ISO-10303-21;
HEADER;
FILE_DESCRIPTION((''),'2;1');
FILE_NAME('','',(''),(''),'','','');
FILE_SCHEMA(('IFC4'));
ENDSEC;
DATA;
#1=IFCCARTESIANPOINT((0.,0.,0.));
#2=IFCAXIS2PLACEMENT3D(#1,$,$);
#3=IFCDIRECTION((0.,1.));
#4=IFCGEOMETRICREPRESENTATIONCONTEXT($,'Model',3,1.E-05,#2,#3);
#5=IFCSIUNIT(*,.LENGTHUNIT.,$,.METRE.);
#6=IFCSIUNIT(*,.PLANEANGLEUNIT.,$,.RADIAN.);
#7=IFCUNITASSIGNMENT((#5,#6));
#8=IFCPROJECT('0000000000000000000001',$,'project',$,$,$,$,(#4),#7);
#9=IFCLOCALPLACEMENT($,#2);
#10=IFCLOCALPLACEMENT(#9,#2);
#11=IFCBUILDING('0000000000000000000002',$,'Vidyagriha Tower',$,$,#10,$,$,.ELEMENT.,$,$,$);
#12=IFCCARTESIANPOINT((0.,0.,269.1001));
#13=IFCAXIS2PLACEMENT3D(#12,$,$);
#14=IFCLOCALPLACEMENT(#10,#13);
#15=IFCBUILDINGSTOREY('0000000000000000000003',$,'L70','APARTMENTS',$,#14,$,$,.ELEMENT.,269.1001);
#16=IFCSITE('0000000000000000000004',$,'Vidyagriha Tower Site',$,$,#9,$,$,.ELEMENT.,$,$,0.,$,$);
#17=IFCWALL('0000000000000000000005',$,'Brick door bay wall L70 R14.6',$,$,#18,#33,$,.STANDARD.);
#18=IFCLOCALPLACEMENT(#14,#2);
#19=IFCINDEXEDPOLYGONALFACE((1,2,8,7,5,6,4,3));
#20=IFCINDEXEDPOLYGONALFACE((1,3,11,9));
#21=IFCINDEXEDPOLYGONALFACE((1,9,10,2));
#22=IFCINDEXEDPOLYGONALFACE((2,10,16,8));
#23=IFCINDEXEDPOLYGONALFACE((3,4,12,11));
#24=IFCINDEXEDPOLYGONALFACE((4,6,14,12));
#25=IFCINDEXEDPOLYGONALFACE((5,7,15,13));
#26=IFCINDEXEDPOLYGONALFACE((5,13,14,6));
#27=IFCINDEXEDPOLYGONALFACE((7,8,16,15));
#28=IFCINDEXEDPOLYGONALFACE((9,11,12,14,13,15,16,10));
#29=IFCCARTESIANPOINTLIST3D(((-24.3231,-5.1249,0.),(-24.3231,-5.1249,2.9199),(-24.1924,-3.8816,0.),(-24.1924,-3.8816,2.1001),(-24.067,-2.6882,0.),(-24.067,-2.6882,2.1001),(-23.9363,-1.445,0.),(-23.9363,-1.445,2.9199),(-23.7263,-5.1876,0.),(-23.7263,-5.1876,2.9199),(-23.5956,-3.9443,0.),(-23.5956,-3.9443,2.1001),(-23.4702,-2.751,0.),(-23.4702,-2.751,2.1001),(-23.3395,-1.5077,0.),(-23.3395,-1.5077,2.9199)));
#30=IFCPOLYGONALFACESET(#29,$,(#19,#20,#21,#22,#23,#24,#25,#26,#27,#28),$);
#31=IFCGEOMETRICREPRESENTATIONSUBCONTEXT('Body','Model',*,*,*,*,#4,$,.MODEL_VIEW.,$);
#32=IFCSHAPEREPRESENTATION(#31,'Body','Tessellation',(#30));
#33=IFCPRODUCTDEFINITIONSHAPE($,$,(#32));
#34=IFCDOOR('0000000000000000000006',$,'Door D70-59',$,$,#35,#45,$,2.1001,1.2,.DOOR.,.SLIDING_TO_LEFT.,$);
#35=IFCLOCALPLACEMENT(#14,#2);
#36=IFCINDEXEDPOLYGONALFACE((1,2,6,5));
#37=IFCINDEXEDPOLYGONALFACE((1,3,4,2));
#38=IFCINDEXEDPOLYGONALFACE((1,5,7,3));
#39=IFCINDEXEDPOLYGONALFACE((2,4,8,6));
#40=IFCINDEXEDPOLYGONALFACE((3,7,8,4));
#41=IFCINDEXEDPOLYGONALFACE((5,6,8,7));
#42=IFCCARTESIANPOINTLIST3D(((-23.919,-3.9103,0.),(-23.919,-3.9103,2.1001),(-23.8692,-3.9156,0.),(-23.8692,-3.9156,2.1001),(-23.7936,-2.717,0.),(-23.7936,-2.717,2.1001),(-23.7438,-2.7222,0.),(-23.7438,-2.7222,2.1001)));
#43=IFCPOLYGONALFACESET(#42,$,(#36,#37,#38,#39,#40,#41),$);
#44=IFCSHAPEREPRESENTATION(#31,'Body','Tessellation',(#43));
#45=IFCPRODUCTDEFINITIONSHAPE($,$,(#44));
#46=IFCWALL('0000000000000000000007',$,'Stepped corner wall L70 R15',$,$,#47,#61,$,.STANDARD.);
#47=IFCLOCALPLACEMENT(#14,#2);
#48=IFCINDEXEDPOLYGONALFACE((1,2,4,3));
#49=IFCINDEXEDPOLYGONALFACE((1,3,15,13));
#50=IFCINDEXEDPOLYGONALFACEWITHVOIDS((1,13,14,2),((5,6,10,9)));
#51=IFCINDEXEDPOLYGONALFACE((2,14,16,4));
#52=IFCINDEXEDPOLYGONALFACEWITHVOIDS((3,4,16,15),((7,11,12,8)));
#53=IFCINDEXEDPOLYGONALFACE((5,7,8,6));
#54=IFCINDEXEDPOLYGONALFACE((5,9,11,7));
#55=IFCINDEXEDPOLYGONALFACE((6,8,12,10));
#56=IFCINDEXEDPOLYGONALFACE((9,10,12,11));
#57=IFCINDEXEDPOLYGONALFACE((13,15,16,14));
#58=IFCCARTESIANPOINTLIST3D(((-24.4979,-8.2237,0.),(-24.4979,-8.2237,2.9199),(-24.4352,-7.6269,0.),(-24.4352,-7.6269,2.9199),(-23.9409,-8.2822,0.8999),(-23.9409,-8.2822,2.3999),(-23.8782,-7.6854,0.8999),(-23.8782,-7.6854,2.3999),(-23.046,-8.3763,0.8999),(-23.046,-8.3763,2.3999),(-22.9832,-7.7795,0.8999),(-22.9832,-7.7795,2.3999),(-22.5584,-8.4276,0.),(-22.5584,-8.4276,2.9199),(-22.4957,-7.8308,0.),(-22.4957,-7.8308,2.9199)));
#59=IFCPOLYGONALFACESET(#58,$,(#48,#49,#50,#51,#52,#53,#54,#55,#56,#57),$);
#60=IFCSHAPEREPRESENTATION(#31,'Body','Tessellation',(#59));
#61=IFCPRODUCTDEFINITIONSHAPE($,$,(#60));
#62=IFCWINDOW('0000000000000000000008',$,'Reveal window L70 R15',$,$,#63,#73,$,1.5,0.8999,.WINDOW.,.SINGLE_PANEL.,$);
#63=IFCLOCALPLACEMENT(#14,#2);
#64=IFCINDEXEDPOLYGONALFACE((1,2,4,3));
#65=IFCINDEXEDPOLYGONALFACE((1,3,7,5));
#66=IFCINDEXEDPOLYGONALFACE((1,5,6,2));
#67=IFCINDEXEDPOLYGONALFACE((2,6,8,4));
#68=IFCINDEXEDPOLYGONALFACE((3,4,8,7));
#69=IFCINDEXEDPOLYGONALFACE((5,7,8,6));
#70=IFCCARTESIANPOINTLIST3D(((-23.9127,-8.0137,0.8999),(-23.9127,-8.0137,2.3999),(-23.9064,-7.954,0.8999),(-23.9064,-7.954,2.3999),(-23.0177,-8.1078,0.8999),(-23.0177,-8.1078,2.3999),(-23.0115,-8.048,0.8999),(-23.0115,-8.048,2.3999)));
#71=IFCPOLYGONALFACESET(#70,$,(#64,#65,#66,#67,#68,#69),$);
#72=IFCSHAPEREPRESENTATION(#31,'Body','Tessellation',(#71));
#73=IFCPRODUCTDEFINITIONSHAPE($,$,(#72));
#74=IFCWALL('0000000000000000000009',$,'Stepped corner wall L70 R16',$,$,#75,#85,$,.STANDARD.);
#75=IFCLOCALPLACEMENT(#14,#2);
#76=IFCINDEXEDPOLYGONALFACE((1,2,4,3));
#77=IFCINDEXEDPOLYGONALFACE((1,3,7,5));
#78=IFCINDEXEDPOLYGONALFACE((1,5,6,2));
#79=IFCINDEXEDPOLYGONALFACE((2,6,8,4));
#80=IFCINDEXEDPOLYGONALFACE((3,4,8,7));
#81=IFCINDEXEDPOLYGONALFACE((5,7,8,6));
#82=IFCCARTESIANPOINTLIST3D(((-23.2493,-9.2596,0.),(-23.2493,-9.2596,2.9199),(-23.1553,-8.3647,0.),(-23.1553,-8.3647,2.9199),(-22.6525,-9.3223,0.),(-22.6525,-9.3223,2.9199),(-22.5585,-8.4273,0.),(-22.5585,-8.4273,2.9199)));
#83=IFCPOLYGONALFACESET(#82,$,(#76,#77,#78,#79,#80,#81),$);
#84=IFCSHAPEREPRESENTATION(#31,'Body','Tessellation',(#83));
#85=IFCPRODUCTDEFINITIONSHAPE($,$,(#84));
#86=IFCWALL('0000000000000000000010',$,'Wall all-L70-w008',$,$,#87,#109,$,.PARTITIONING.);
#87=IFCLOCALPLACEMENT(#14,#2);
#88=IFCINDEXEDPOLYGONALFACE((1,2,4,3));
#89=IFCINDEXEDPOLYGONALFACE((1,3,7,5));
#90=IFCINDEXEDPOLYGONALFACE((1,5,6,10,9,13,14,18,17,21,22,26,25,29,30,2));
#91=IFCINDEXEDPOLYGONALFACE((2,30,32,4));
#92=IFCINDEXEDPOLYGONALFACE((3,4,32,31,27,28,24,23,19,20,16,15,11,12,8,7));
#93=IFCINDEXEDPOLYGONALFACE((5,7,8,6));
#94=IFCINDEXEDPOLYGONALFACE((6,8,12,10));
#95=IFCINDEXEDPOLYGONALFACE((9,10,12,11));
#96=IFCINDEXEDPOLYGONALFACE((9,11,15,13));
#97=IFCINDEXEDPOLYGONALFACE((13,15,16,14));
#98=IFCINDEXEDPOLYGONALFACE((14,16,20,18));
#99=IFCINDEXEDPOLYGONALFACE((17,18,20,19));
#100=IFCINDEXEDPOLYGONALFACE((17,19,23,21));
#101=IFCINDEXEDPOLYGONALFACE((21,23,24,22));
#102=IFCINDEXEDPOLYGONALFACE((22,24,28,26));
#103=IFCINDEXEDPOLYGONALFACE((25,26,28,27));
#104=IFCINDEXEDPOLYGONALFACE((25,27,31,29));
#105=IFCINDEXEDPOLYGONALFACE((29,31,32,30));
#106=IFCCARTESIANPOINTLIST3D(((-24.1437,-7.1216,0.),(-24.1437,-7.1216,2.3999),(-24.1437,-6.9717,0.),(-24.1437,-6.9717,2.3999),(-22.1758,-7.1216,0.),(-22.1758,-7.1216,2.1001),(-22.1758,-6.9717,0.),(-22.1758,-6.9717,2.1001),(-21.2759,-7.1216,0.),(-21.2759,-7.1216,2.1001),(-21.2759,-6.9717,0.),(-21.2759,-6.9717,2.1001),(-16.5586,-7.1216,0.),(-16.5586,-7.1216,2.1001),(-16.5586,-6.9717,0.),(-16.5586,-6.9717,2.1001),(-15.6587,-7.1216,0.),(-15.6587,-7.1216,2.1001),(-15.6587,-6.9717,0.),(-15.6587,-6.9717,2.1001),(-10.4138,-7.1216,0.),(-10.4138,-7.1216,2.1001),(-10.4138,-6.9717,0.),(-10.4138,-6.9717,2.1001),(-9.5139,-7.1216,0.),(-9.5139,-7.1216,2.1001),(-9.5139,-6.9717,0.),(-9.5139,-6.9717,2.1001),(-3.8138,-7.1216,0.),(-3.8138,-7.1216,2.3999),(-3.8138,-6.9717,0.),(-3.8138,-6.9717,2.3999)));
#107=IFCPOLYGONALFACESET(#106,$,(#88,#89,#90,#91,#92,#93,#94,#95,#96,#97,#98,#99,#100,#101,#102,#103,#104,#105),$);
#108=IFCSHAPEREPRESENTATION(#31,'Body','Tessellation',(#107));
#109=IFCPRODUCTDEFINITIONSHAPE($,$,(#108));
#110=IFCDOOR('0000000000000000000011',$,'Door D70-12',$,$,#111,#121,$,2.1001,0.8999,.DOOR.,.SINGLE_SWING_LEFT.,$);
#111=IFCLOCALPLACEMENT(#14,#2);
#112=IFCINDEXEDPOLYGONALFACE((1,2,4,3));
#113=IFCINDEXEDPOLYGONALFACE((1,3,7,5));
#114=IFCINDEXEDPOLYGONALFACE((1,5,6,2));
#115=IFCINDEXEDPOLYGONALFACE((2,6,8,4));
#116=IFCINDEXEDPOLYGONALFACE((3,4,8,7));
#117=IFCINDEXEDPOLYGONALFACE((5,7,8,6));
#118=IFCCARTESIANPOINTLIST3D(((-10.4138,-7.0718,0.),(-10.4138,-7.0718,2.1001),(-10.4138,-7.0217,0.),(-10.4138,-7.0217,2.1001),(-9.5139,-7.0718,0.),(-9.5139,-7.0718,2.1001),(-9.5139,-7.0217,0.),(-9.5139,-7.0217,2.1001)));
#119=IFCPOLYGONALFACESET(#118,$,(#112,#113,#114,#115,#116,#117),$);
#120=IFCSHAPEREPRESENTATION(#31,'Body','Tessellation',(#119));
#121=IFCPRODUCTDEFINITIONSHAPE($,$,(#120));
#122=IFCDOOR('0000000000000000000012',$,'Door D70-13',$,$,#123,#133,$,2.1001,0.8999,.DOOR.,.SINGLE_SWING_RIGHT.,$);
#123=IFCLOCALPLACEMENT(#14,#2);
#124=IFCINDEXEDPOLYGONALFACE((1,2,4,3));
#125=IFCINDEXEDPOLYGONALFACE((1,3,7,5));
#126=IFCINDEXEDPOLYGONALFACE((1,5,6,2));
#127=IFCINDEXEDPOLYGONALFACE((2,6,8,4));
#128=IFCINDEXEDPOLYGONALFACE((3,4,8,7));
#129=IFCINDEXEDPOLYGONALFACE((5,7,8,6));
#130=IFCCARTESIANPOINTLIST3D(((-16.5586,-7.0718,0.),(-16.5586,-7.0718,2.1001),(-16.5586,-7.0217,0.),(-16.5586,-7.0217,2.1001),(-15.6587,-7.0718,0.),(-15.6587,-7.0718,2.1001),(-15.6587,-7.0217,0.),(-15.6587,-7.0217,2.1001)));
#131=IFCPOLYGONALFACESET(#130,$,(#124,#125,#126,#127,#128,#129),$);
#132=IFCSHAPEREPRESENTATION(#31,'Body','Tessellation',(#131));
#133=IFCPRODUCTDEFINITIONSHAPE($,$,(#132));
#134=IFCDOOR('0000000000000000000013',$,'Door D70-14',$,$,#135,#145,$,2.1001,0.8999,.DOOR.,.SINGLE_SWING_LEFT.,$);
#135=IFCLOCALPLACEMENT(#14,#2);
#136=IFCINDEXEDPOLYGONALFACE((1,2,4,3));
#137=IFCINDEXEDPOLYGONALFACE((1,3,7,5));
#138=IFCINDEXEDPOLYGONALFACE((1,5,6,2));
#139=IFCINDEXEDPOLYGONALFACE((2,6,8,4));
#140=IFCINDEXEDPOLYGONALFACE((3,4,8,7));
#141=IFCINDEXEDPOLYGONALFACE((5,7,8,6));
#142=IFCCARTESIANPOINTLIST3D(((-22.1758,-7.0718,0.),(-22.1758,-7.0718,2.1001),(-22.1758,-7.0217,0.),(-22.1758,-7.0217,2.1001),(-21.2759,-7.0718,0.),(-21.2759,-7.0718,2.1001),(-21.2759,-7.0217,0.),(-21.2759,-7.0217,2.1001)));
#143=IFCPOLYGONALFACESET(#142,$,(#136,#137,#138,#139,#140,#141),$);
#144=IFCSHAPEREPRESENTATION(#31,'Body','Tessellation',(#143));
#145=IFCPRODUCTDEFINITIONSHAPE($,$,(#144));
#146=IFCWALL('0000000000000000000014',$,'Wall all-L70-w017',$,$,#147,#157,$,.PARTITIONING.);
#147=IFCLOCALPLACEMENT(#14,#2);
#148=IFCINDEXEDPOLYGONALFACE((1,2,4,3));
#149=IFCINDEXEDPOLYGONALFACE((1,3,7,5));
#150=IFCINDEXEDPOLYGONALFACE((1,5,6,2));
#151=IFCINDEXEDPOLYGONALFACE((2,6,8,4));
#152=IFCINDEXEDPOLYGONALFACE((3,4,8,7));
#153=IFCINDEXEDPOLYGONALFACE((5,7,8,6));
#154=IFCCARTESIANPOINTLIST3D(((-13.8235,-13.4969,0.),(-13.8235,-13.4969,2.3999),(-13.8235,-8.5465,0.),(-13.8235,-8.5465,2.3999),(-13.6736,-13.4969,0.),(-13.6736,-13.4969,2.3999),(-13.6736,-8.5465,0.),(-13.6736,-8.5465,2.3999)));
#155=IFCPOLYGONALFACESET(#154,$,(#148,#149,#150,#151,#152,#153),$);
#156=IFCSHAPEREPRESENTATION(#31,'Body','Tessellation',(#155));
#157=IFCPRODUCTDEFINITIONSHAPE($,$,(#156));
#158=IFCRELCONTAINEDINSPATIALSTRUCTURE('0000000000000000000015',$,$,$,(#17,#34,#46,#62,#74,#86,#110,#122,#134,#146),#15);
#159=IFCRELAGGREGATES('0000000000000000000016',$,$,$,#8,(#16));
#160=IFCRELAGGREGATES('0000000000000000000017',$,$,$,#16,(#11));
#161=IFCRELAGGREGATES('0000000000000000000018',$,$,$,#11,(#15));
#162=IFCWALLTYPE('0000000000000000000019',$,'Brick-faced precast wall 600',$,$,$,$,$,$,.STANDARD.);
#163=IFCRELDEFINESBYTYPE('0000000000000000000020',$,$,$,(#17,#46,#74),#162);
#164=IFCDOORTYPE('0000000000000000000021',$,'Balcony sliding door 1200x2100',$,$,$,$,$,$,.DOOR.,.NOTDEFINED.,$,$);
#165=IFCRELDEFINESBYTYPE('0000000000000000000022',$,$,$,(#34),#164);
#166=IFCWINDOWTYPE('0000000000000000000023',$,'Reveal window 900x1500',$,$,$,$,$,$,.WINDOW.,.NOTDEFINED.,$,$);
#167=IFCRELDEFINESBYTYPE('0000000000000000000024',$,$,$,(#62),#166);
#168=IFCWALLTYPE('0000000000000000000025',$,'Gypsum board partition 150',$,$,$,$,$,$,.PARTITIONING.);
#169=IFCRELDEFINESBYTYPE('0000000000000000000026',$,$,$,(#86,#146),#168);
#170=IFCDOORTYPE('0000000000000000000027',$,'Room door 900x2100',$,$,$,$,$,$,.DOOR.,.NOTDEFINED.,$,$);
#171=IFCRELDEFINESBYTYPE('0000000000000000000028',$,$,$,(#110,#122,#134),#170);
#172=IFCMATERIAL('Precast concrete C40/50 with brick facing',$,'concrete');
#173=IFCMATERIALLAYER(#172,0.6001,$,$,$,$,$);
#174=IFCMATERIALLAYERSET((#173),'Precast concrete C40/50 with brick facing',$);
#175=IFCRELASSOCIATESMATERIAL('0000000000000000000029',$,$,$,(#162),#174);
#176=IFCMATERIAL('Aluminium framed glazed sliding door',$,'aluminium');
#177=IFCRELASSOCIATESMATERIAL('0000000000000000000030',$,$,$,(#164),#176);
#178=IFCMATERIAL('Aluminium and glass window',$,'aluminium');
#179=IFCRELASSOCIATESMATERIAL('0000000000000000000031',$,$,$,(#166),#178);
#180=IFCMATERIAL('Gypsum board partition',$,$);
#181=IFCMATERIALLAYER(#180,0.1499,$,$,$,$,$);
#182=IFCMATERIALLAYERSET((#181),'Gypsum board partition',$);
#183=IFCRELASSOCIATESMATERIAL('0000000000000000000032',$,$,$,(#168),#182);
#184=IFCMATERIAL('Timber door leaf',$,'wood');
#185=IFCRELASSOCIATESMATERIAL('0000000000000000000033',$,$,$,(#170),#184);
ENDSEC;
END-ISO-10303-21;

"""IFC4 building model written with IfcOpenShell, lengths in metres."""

from ifc_helpers import new_model, si_unit, direction, frame, frame_2d, origin, place, context, subcontext, project, spatial, rectangle, extrude, material, layer, layer_set, type_object, element, fill, save


model = new_model("IFC4")

# Units and contexts
model_context = context("Model", 3, precision=1e-05, world=origin(), true_north=direction((0.0, 1.0)))
body_context = subcontext(model_context, "Body", "Model", "MODEL_VIEW")
ifc_project = project(units=[si_unit("LENGTHUNIT", "METRE"), si_unit("PLANEANGLEUNIT", "RADIAN")], contexts=[model_context])

# Site, building, storey
site_placement = place(None, origin())
site = spatial("IfcSite", under=ifc_project, at=site_placement, Name="Vidyagriha Tower Site", CompositionType="ELEMENT", RefElevation=0.0)
building_placement = place(site_placement, origin())
building = spatial("IfcBuilding", under=site, at=building_placement, Name="Vidyagriha Tower", CompositionType="ELEMENT")
storey_placement = place(building_placement, frame((0.0, 0.0, 269.1001)))
storey = spatial("IfcBuildingStorey", under=building, at=storey_placement, Name="L70", Description="APARTMENTS", CompositionType="ELEMENT", Elevation=269.1001)

# Wall, opening, door
ifc_material_1 = material(Name="Precast concrete C40/50 with brick facing", Category="concrete")
ifc_layer_1 = layer(ifc_material_1, 0.6001)
ifc_layer_set_1 = layer_set([ifc_layer_1], Name="Precast concrete C40/50 with brick facing")
wall_type_1 = type_object("IfcWallType", Name="Brick-faced precast wall 600", PredefinedType="STANDARD", material=ifc_layer_set_1)
wall_1_placement = place(storey_placement, frame((-23.6379, -1.4763, 0.0), z_axis=(0.0, 0.0, 1.0), x_axis=(-0.104513, -0.994524, 0.0)))
wall_1 = element("IfcWall", 1, at=wall_1_placement, inside=storey, type_object=wall_type_1, Name="Brick door bay wall L70 R14.6", PredefinedType="STANDARD", context=body_context, shape_type="SweptSolid", body=[
    extrude(rectangle(XDim=3.7002, YDim=0.6001, at=frame_2d((1.8501, 0.0))), origin(), (0.0, 0.0, 1.0), 2.9199),
])
opening_1_placement = place(wall_1_placement, frame((1.25, 0.0, 0.0)))
opening_1 = element("IfcOpeningElement", 2, at=opening_1_placement, cuts=wall_1, PredefinedType="OPENING", context=body_context, shape_type="SweptSolid", body=[
    extrude(rectangle(XDim=1.2, YDim=2.1001, at=frame_2d((0.6001, 1.05))), frame((0.0, 0.3101, 0.0), z_axis=(0.0, -1.0, 0.0), x_axis=(1.0, 0.0, 0.0)), (0.0, 0.0, 1.0), 0.6201),
])
ifc_material_2 = material(Name="Aluminium framed glazed sliding door", Category="aluminium")
door_type_1 = type_object("IfcDoorType", Name="Balcony sliding door 1200x2100", OperationType="NOTDEFINED", PredefinedType="DOOR", material=ifc_material_2)
door_1_placement = place(opening_1_placement, origin())
door_1 = element("IfcDoor", 3, at=door_1_placement, inside=storey, type_object=door_type_1, Name="Door D70-59", OperationType="SLIDING_TO_LEFT", OverallHeight=2.1001, OverallWidth=1.2, PredefinedType="DOOR", context=body_context, shape_type="SweptSolid", body=[
    extrude(rectangle(XDim=1.2, YDim=2.1001, at=frame_2d((0.6001, 1.05))), frame((0.0, 0.0249, 0.0), z_axis=(0.0, -1.0, 0.0), x_axis=(1.0, 0.0, 0.0)), (0.0, 0.0, 1.0), 0.05),
])
fill(opening_1, door_1)

# Wall, opening, window
wall_2_placement = place(storey_placement, frame((-24.4666, -7.9253, 0.0), z_axis=(0.0, 0.0, 1.0), x_axis=(0.994521, -0.104535, 0.0)))
wall_2 = element("IfcWall", 4, at=wall_2_placement, inside=storey, type_object=wall_type_1, Name="Stepped corner wall L70 R15", PredefinedType="STANDARD", context=body_context, shape_type="SweptSolid", body=[
    extrude(rectangle(XDim=1.9502, YDim=0.6001, at=frame_2d((0.9751, 0.0))), origin(), (0.0, 0.0, 1.0), 2.9199),
])
opening_2_placement = place(wall_2_placement, frame((0.5601, 0.0, 0.8999)))
opening_2 = element("IfcOpeningElement", 5, at=opening_2_placement, cuts=wall_2, PredefinedType="OPENING", context=body_context, shape_type="SweptSolid", body=[
    extrude(rectangle(XDim=0.8999, YDim=1.5, at=frame_2d((0.45, 0.75))), frame((0.0, 0.3101, 0.0), z_axis=(0.0, -1.0, 0.0), x_axis=(1.0, 0.0, 0.0)), (0.0, 0.0, 1.0), 0.6201),
])
ifc_material_3 = material(Name="Aluminium and glass window", Category="aluminium")
window_type = type_object("IfcWindowType", Name="Reveal window 900x1500", PartitioningType="NOTDEFINED", PredefinedType="WINDOW", material=ifc_material_3)
window_placement = place(opening_2_placement, origin())
window = element("IfcWindow", 6, at=window_placement, inside=storey, type_object=window_type, Name="Reveal window L70 R15", OverallHeight=1.5, OverallWidth=0.8999, PartitioningType="SINGLE_PANEL", PredefinedType="WINDOW", context=body_context, shape_type="SweptSolid", body=[
    extrude(rectangle(XDim=0.8999, YDim=1.5, at=frame_2d((0.45, 0.75))), frame((0.0, 0.03, 0.0), z_axis=(0.0, -1.0, 0.0), x_axis=(1.0, 0.0, 0.0)), (0.0, 0.0, 1.0), 0.0601),
])
fill(opening_2, window)

# Wall
wall_3_placement = place(storey_placement, frame((-22.8569, -8.396, 0.0), z_axis=(0.0, 0.0, 1.0), x_axis=(-0.104445, -0.994531, 0.0)))
element("IfcWall", 7, at=wall_3_placement, inside=storey, type_object=wall_type_1, Name="Stepped corner wall L70 R16", PredefinedType="STANDARD", context=body_context, shape_type="SweptSolid", body=[
    extrude(rectangle(XDim=0.8999, YDim=0.6001, at=frame_2d((0.45, 0.0))), origin(), (0.0, 0.0, 1.0), 2.9199),
])
ifc_material_4 = material(Name="Gypsum board partition")
ifc_layer_2 = layer(ifc_material_4, 0.1499)
ifc_layer_set_2 = layer_set([ifc_layer_2], Name="Gypsum board partition")
wall_type_2 = type_object("IfcWallType", Name="Gypsum board partition 150", PredefinedType="PARTITIONING", material=ifc_layer_set_2)

# Wall, openings, doors
wall_4_placement = place(storey_placement, frame((-24.1438, -7.0466, 0.0)))
wall_4 = element("IfcWall", 8, at=wall_4_placement, inside=storey, type_object=wall_type_2, Name="Wall all-L70-w008", PredefinedType="PARTITIONING", context=body_context, shape_type="SweptSolid", body=[
    extrude(rectangle(XDim=20.3298, YDim=0.1499, at=frame_2d((10.165, 0.0))), origin(), (0.0, 0.0, 1.0), 2.3999),
])
opening_3_placement = place(wall_4_placement, frame((13.73, 0.0, 0.0)))
opening_3 = element("IfcOpeningElement", 9, at=opening_3_placement, cuts=wall_4, PredefinedType="OPENING", context=body_context, shape_type="SweptSolid", body=[
    extrude(rectangle(XDim=0.8999, YDim=2.1001, at=frame_2d((0.45, 1.05))), frame((0.0, 0.085, 0.0), z_axis=(0.0, -1.0, 0.0), x_axis=(1.0, 0.0, 0.0)), (0.0, 0.0, 1.0), 0.1699),
])
opening_4_placement = place(wall_4_placement, frame((7.5852, 0.0, 0.0)))
opening_4 = element("IfcOpeningElement", 10, at=opening_4_placement, cuts=wall_4, PredefinedType="OPENING", context=body_context, shape_type="SweptSolid", body=[
    extrude(rectangle(XDim=0.8999, YDim=2.1001, at=frame_2d((0.45, 1.05))), frame((0.0, 0.085, 0.0), z_axis=(0.0, -1.0, 0.0), x_axis=(1.0, 0.0, 0.0)), (0.0, 0.0, 1.0), 0.1699),
])
opening_5_placement = place(wall_4_placement, frame((1.968, 0.0, 0.0)))
opening_5 = element("IfcOpeningElement", 11, at=opening_5_placement, cuts=wall_4, PredefinedType="OPENING", context=body_context, shape_type="SweptSolid", body=[
    extrude(rectangle(XDim=0.8999, YDim=2.1001, at=frame_2d((0.45, 1.05))), frame((0.0, 0.085, 0.0), z_axis=(0.0, -1.0, 0.0), x_axis=(1.0, 0.0, 0.0)), (0.0, 0.0, 1.0), 0.1699),
])
ifc_material_5 = material(Name="Timber door leaf", Category="wood")
door_type_2 = type_object("IfcDoorType", Name="Room door 900x2100", OperationType="NOTDEFINED", PredefinedType="DOOR", material=ifc_material_5)
door_2_placement = place(opening_3_placement, origin())
door_2 = element("IfcDoor", 12, at=door_2_placement, inside=storey, type_object=door_type_2, Name="Door D70-12", OperationType="SINGLE_SWING_LEFT", OverallHeight=2.1001, OverallWidth=0.8999, PredefinedType="DOOR", context=body_context, shape_type="SweptSolid", body=[
    extrude(rectangle(XDim=0.8999, YDim=2.1001, at=frame_2d((0.45, 1.05))), frame((0.0, 0.0249, 0.0), z_axis=(0.0, -1.0, 0.0), x_axis=(1.0, 0.0, 0.0)), (0.0, 0.0, 1.0), 0.05),
])
fill(opening_3, door_2)
door_3_placement = place(opening_4_placement, origin())
door_3 = element("IfcDoor", 13, at=door_3_placement, inside=storey, type_object=door_type_2, Name="Door D70-13", OperationType="SINGLE_SWING_RIGHT", OverallHeight=2.1001, OverallWidth=0.8999, PredefinedType="DOOR", context=body_context, shape_type="SweptSolid", body=[
    extrude(rectangle(XDim=0.8999, YDim=2.1001, at=frame_2d((0.45, 1.05))), frame((0.0, 0.0249, 0.0), z_axis=(0.0, -1.0, 0.0), x_axis=(1.0, 0.0, 0.0)), (0.0, 0.0, 1.0), 0.05),
])
fill(opening_4, door_3)
door_4_placement = place(opening_5_placement, origin())
door_4 = element("IfcDoor", 14, at=door_4_placement, inside=storey, type_object=door_type_2, Name="Door D70-14", OperationType="SINGLE_SWING_LEFT", OverallHeight=2.1001, OverallWidth=0.8999, PredefinedType="DOOR", context=body_context, shape_type="SweptSolid", body=[
    extrude(rectangle(XDim=0.8999, YDim=2.1001, at=frame_2d((0.45, 1.05))), frame((0.0, 0.0249, 0.0), z_axis=(0.0, -1.0, 0.0), x_axis=(1.0, 0.0, 0.0)), (0.0, 0.0, 1.0), 0.05),
])
fill(opening_5, door_4)

# Wall
wall_5_placement = place(storey_placement, frame((-13.7485, -8.5466, 0.0), z_axis=(0.0, 0.0, 1.0), x_axis=(0.0, -1.0, 0.0)))
element("IfcWall", 15, at=wall_5_placement, inside=storey, type_object=wall_type_2, Name="Wall all-L70-w017", PredefinedType="PARTITIONING", context=body_context, shape_type="SweptSolid", body=[
    extrude(rectangle(XDim=4.9504, YDim=0.1499, at=frame_2d((2.4751, 0.0))), origin(), (0.0, 0.0, 1.0), 2.3999),
])

save(model, "model.ifc")
